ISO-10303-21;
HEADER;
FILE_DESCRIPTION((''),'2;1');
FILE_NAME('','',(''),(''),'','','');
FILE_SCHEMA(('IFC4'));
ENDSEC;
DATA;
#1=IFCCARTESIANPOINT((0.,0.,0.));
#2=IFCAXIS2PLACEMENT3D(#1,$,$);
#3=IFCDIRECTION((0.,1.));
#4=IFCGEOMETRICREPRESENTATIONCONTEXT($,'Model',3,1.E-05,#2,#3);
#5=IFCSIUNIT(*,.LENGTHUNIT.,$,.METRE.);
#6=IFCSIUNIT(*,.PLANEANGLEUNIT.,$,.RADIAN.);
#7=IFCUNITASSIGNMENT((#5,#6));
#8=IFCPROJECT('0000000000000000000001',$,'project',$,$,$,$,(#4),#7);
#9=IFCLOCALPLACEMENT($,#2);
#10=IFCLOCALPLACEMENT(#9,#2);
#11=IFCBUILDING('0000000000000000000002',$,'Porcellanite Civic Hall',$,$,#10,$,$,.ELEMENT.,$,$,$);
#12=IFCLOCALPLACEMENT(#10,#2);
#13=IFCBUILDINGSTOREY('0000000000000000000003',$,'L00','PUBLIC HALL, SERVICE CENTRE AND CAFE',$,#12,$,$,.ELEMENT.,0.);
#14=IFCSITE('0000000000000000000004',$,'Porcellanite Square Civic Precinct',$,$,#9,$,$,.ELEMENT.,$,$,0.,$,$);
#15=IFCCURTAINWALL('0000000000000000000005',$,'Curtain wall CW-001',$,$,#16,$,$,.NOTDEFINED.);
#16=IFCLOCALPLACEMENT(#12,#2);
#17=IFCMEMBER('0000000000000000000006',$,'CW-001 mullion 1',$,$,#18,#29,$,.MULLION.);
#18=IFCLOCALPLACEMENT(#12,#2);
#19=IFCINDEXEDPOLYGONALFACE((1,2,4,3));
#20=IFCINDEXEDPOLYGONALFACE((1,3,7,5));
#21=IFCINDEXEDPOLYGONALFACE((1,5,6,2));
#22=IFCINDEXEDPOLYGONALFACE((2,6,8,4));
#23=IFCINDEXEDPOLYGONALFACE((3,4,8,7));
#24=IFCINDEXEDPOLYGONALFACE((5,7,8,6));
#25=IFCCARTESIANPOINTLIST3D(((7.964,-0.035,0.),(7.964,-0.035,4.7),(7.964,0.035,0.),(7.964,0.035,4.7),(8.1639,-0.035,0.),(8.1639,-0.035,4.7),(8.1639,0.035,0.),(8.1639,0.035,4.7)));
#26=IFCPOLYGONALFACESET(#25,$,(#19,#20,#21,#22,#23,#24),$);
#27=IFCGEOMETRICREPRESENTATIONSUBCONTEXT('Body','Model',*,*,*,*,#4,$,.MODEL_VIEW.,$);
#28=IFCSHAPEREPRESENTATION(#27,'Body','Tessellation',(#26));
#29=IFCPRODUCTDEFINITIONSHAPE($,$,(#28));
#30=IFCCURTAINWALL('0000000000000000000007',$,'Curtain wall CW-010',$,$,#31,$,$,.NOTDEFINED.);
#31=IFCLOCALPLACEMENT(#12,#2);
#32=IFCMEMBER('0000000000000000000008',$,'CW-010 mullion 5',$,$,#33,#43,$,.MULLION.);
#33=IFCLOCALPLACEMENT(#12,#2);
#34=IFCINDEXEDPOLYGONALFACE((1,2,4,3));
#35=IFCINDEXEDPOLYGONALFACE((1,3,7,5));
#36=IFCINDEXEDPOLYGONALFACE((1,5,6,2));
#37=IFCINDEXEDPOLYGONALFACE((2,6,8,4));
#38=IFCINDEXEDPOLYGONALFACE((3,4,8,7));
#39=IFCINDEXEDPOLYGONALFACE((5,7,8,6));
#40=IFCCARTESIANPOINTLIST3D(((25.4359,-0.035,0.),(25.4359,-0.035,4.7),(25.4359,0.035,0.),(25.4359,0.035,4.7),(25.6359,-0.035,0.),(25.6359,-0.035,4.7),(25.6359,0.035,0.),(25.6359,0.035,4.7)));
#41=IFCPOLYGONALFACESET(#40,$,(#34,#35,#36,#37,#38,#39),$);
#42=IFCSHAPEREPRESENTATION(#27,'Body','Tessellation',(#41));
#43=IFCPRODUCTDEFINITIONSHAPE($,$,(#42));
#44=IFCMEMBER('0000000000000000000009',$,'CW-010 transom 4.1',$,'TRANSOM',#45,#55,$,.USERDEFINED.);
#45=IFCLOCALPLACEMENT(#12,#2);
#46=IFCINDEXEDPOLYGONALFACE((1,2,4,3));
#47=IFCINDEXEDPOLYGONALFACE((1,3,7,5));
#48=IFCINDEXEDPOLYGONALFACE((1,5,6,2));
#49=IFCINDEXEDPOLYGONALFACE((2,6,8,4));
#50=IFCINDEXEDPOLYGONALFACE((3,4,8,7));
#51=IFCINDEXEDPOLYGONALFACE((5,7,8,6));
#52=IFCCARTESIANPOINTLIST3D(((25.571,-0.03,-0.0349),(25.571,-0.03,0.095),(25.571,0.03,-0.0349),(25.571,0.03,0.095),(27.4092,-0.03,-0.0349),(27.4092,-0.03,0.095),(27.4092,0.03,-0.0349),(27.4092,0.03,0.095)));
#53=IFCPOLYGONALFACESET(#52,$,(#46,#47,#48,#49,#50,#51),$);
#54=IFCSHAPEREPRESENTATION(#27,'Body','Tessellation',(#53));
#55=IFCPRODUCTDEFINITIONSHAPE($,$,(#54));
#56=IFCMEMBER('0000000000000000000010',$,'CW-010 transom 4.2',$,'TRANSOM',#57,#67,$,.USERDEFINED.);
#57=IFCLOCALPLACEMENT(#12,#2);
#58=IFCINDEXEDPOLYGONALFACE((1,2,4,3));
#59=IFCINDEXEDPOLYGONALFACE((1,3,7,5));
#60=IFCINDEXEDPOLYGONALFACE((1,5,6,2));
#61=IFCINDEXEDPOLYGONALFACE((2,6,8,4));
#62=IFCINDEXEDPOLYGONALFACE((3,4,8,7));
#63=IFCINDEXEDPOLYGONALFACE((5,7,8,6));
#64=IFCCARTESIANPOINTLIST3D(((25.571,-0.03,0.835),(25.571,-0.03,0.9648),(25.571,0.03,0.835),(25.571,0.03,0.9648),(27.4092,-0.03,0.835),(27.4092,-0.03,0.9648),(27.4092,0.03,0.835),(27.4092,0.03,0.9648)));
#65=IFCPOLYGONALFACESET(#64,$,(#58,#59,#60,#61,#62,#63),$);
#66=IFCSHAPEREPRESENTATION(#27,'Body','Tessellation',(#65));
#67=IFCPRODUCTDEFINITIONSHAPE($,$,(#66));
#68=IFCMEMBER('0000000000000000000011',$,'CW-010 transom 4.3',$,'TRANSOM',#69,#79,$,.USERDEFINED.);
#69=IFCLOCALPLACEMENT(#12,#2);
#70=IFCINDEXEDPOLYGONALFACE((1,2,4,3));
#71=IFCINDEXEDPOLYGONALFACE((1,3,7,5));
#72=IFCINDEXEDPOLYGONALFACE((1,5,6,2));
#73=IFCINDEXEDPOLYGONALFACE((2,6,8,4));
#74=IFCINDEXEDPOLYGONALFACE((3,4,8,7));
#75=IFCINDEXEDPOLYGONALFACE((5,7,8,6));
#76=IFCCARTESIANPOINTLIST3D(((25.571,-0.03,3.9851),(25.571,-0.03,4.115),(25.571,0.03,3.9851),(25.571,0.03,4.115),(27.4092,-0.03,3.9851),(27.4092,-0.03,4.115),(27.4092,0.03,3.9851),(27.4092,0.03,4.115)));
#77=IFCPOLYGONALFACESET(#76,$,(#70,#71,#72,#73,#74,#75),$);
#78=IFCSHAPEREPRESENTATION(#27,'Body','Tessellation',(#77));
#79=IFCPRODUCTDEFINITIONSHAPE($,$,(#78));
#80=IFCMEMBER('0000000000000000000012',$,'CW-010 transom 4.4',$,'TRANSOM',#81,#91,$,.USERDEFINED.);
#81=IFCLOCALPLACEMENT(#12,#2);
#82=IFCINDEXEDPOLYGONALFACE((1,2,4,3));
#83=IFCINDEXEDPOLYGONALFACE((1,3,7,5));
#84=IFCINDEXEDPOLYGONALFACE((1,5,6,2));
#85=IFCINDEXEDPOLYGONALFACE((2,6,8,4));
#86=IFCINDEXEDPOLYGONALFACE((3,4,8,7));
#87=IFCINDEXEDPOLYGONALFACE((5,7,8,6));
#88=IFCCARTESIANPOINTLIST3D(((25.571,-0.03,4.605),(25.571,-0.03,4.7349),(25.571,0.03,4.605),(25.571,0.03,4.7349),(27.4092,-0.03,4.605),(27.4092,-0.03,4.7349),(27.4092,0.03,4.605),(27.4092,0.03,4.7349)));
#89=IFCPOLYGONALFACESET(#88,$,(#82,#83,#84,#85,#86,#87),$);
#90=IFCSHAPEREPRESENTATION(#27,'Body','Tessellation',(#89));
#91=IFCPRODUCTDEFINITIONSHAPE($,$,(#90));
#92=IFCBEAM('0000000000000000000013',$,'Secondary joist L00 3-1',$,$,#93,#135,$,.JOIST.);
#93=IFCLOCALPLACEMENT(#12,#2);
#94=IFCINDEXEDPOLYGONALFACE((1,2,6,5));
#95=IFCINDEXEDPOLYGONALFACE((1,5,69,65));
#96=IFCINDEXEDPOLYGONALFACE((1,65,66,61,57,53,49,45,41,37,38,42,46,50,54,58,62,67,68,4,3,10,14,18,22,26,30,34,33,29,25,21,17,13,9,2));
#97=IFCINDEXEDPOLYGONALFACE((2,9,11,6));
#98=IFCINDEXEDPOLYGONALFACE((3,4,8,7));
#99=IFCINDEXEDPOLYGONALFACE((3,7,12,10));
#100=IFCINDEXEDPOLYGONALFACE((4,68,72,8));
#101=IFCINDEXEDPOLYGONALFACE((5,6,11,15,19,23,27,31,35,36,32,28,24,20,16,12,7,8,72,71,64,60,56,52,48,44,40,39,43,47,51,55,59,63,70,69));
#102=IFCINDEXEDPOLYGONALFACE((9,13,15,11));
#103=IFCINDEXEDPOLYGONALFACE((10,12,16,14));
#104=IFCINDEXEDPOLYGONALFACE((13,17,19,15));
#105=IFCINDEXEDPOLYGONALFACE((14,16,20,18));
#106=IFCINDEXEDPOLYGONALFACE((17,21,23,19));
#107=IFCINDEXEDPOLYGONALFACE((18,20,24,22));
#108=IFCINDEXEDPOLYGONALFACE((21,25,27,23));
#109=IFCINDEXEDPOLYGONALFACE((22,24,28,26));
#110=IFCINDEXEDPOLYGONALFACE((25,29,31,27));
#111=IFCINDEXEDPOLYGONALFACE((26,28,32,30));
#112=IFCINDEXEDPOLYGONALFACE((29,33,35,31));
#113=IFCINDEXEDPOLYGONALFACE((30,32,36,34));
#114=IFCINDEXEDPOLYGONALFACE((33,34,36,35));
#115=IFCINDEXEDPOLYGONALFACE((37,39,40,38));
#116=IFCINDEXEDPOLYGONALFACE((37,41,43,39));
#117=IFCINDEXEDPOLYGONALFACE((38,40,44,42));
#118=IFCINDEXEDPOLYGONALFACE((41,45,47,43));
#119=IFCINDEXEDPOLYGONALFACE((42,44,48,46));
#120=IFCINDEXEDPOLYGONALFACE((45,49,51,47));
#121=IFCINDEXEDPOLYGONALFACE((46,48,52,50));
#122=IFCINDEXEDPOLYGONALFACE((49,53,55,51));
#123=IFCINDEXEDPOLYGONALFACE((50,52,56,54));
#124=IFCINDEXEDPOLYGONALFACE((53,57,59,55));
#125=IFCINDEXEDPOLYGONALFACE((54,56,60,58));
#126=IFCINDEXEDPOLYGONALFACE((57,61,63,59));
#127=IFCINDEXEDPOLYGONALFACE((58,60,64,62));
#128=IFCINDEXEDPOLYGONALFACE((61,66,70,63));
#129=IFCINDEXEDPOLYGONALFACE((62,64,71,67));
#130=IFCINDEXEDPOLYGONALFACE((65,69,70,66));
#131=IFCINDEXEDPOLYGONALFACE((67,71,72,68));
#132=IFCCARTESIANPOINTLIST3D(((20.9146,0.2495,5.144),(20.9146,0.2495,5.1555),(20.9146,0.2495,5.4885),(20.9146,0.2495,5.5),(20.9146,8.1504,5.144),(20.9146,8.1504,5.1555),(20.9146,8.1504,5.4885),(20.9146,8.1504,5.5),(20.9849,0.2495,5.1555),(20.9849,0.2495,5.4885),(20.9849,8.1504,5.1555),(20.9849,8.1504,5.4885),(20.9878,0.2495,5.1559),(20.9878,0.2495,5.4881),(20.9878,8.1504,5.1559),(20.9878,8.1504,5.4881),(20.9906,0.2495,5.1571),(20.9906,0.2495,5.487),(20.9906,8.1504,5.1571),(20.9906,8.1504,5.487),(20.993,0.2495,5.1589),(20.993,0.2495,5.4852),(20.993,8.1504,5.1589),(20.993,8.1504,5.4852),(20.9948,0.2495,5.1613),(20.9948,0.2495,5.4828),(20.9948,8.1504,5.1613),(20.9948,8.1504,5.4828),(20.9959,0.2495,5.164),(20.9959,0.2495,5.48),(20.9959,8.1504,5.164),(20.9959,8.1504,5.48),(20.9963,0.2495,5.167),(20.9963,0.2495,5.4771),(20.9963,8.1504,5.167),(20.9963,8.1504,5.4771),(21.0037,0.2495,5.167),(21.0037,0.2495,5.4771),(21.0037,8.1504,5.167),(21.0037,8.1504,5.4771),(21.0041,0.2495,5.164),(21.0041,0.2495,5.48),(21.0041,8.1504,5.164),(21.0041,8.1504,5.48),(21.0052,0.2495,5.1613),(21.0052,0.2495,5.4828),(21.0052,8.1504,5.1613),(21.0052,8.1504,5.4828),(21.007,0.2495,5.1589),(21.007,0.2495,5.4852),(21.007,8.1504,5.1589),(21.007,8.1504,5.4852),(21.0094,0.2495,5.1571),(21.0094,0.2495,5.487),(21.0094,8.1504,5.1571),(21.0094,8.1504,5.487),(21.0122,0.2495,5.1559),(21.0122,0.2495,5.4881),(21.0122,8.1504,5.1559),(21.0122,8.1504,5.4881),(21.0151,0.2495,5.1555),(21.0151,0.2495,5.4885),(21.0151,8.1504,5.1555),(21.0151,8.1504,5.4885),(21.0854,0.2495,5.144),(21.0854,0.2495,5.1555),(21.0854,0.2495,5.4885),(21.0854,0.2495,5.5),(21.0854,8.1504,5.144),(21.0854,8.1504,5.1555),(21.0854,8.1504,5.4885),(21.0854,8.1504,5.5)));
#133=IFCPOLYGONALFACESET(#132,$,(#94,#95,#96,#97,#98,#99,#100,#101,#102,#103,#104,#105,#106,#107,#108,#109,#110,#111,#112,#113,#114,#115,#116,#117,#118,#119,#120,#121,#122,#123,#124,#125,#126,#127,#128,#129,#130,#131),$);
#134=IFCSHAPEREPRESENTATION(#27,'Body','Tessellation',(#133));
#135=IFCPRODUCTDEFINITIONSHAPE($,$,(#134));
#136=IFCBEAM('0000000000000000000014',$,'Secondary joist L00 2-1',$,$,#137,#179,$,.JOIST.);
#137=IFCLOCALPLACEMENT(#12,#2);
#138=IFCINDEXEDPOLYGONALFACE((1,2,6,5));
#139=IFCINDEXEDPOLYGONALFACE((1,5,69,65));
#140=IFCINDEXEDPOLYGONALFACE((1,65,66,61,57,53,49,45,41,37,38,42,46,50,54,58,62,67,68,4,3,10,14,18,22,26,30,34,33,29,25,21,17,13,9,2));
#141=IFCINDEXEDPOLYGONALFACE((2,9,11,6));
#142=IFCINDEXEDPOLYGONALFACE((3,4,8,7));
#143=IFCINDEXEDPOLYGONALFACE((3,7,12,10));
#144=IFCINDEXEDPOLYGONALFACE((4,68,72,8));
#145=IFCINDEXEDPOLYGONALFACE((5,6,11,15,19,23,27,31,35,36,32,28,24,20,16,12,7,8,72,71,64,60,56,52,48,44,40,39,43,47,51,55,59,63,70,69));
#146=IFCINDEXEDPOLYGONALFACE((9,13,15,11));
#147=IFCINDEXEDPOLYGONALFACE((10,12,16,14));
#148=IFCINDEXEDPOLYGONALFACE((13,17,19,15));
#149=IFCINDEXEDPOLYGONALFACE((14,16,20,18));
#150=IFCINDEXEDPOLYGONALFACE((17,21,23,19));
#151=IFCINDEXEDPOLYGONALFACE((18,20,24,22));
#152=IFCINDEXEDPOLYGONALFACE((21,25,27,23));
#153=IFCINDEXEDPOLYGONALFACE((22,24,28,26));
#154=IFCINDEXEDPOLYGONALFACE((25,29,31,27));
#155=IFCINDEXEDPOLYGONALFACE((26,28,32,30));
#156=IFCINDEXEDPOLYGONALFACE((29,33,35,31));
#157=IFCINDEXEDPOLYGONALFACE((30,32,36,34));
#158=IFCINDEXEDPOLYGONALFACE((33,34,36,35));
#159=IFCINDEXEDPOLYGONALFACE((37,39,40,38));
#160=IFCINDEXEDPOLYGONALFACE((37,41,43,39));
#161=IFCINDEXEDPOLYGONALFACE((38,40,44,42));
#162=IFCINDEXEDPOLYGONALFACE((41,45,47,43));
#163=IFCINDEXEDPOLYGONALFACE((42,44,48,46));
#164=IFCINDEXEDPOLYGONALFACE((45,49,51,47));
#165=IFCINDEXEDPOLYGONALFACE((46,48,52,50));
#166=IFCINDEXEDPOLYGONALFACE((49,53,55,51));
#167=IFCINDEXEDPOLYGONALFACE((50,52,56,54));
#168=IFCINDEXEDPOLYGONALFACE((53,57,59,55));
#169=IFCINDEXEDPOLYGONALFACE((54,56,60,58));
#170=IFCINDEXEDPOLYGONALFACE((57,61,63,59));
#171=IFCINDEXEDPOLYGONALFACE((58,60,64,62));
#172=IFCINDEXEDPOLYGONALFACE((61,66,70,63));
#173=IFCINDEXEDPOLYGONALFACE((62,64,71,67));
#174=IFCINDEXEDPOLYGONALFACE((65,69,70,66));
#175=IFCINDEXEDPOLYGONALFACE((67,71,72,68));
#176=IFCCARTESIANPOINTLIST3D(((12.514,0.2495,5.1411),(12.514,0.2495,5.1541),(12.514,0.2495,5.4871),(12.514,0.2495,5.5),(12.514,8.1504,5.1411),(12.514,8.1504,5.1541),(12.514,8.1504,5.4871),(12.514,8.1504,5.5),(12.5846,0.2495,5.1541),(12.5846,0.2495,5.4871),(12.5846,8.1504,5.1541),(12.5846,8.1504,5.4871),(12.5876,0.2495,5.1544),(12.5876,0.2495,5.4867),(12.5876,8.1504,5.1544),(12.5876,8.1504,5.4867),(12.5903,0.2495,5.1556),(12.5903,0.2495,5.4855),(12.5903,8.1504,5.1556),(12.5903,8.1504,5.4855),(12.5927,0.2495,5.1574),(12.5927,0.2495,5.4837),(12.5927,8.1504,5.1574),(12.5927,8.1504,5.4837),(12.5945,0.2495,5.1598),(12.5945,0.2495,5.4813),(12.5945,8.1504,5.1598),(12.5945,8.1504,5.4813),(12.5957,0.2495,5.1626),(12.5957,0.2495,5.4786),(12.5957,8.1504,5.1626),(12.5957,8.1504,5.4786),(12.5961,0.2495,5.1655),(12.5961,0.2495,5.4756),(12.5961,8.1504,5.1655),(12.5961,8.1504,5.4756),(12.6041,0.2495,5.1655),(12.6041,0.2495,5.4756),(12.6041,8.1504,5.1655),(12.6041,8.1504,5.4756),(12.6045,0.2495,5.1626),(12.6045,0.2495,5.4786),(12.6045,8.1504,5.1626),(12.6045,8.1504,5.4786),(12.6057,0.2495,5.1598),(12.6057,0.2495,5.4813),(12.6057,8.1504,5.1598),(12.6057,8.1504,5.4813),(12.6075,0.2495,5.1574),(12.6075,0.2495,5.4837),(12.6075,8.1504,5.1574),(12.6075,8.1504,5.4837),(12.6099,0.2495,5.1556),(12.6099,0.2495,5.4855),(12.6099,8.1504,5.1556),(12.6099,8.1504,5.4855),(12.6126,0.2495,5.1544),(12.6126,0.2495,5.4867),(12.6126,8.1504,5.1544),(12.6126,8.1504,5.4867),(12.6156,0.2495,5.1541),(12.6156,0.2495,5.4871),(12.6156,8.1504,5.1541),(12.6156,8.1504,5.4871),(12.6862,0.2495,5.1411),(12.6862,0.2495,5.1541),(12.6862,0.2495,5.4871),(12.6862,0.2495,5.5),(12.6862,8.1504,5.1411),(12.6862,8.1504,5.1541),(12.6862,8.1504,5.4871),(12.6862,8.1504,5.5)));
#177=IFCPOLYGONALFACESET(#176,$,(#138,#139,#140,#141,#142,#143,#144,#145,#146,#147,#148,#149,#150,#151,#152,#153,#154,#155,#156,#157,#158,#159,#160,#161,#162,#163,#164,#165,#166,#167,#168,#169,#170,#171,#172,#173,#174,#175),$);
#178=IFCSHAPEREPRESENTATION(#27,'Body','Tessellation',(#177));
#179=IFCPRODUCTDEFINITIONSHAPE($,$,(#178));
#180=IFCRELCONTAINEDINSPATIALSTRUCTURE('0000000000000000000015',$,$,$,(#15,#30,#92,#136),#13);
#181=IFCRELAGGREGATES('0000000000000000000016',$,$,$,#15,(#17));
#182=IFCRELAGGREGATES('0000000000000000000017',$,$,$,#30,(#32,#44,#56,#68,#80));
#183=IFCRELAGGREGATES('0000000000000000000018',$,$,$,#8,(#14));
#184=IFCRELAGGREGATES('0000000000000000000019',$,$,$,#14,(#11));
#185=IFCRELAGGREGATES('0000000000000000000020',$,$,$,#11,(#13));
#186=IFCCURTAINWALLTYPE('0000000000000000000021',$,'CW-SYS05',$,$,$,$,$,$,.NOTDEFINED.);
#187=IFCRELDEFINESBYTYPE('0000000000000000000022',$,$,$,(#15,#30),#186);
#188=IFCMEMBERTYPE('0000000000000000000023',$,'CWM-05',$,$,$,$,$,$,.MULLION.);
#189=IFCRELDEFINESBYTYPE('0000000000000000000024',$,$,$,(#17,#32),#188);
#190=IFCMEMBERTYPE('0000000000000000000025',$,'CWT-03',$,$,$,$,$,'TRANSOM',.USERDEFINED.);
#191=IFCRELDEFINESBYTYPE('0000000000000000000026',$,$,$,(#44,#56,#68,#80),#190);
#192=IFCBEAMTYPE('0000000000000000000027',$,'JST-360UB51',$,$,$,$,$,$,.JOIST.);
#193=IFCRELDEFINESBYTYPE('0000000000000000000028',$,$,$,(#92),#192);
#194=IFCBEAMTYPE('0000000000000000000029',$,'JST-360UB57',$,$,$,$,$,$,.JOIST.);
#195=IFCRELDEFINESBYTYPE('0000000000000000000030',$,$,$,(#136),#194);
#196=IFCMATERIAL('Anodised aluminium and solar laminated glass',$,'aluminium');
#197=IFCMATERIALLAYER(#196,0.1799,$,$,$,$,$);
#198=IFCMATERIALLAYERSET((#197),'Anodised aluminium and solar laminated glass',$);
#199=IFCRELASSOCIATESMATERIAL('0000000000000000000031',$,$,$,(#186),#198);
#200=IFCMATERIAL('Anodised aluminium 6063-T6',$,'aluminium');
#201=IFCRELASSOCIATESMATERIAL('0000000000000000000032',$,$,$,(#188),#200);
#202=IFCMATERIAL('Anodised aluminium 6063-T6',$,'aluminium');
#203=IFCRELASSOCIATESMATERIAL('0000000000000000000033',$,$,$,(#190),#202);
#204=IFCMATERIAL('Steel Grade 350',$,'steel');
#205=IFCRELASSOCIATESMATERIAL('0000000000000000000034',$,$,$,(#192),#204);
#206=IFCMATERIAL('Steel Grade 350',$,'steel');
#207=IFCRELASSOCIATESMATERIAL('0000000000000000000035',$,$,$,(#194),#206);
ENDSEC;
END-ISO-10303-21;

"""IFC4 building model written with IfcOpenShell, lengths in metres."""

from ifc_helpers import new_model, si_unit, direction, frame, origin, origin_2d, place, context, subcontext, project, spatial, rectangle, i_section, extrude, material, layer, layer_set, material_profile, profile_set, type_object, element, aggregate, save


model = new_model("IFC4")

# Units and contexts
model_context = context("Model", 3, precision=1e-05, world=origin(), true_north=direction((0.0, 1.0)))
body_context = subcontext(model_context, "Body", "Model", "MODEL_VIEW")
ifc_project = project(units=[si_unit("LENGTHUNIT", "METRE"), si_unit("PLANEANGLEUNIT", "RADIAN")], contexts=[model_context])

# Site, building, storey
site_placement = place(None, origin())
site = spatial("IfcSite", under=ifc_project, at=site_placement, Name="Porcellanite Square Civic Precinct", CompositionType="ELEMENT", RefElevation=0.0)
building_placement = place(site_placement, origin())
building = spatial("IfcBuilding", under=site, at=building_placement, Name="Porcellanite Civic Hall", CompositionType="ELEMENT")
storey_placement = place(building_placement, origin())
storey = spatial("IfcBuildingStorey", under=building, at=storey_placement, Name="L00", Description="PUBLIC HALL, SERVICE CENTRE AND CAFE", CompositionType="ELEMENT", Elevation=0.0)

# Curtain wall, member
ifc_material_1 = material(Name="Anodised aluminium and solar laminated glass", Category="aluminium")
ifc_layer_1 = layer(ifc_material_1, 0.1799)
ifc_layer_set_1 = layer_set([ifc_layer_1], Name="Anodised aluminium and solar laminated glass")
curtain_wall_type = type_object("IfcCurtainWallType", Name="CW-SYS05", PredefinedType="NOTDEFINED", material=ifc_layer_set_1)
curtain_wall_1_placement = place(storey_placement, origin())
curtain_wall_1 = element("IfcCurtainWall", 1, at=curtain_wall_1_placement, inside=storey, type_object=curtain_wall_type, Name="Curtain wall CW-001", PredefinedType="NOTDEFINED")
ifc_material_2 = material(Name="Anodised aluminium 6063-T6", Category="aluminium")
ifc_material_profile_1 = material_profile(ifc_material_2, rectangle(XDim=0.0701, YDim=0.2, at=origin_2d()), Name="AL-70x200")
ifc_profile_set_1 = profile_set([ifc_material_profile_1], Name="Anodised aluminium 6063-T6")
member_type_1 = type_object("IfcMemberType", Name="CWM-05", PredefinedType="MULLION", material=ifc_profile_set_1)
member_1_placement = place(storey_placement, frame((8.064, 0.0, 0.0), z_axis=(0.0, 0.0, 1.0), x_axis=(0.0, -1.0, 0.0)))
member_1 = element("IfcMember", 2, at=member_1_placement, type_object=member_type_1, Name="CW-001 mullion 1", PredefinedType="MULLION", context=body_context, shape_type="SweptSolid", body=[
    extrude(rectangle(XDim=0.0701, YDim=0.2, at=origin_2d()), origin(), (0.0, 0.0, 1.0), 4.7),
])
aggregate(curtain_wall_1, [member_1])

# Curtain wall, members
curtain_wall_2_placement = place(storey_placement, origin())
curtain_wall_2 = element("IfcCurtainWall", 3, at=curtain_wall_2_placement, inside=storey, type_object=curtain_wall_type, Name="Curtain wall CW-010", PredefinedType="NOTDEFINED")
member_2_placement = place(storey_placement, frame((25.5359, 0.0, 0.0), z_axis=(0.0, 0.0, 1.0), x_axis=(0.0, -1.0, 0.0)))
member_2 = element("IfcMember", 4, at=member_2_placement, type_object=member_type_1, Name="CW-010 mullion 5", PredefinedType="MULLION", context=body_context, shape_type="SweptSolid", body=[
    extrude(rectangle(XDim=0.0701, YDim=0.2, at=origin_2d()), origin(), (0.0, 0.0, 1.0), 4.7),
])
ifc_material_3 = material(Name="Anodised aluminium 6063-T6", Category="aluminium")
ifc_material_profile_2 = material_profile(ifc_material_3, rectangle(XDim=0.0601, YDim=0.1299, at=origin_2d()), Name="AL-60x130")
ifc_profile_set_2 = profile_set([ifc_material_profile_2], Name="Anodised aluminium 6063-T6")
member_type_2 = type_object("IfcMemberType", Name="CWT-03", ElementType="TRANSOM", PredefinedType="USERDEFINED", material=ifc_profile_set_2)
member_3_placement = place(storey_placement, frame((27.4092, 0.0, 0.03), z_axis=(-1.0, 0.0, 0.0), x_axis=(0.0, -1.0, 0.0)))
member_3 = element("IfcMember", 5, at=member_3_placement, type_object=member_type_2, Name="CW-010 transom 4.1", ObjectType="TRANSOM", PredefinedType="USERDEFINED", context=body_context, shape_type="SweptSolid", body=[
    extrude(rectangle(XDim=0.0601, YDim=0.1299, at=origin_2d()), origin(), (0.0, 0.0, 1.0), 1.8381),
])
member_4_placement = place(storey_placement, frame((27.4092, 0.0, 0.8999), z_axis=(-1.0, 0.0, 0.0), x_axis=(0.0, -1.0, 0.0)))
member_4 = element("IfcMember", 6, at=member_4_placement, type_object=member_type_2, Name="CW-010 transom 4.2", ObjectType="TRANSOM", PredefinedType="USERDEFINED", context=body_context, shape_type="SweptSolid", body=[
    extrude(rectangle(XDim=0.0601, YDim=0.1299, at=origin_2d()), origin(), (0.0, 0.0, 1.0), 1.8381),
])
member_5_placement = place(storey_placement, frame((27.4092, 0.0, 4.05), z_axis=(-1.0, 0.0, 0.0), x_axis=(0.0, -1.0, 0.0)))
member_5 = element("IfcMember", 7, at=member_5_placement, type_object=member_type_2, Name="CW-010 transom 4.3", ObjectType="TRANSOM", PredefinedType="USERDEFINED", context=body_context, shape_type="SweptSolid", body=[
    extrude(rectangle(XDim=0.0601, YDim=0.1299, at=origin_2d()), origin(), (0.0, 0.0, 1.0), 1.8381),
])
member_6_placement = place(storey_placement, frame((27.4092, 0.0, 4.6699), z_axis=(-1.0, 0.0, 0.0), x_axis=(0.0, -1.0, 0.0)))
member_6 = element("IfcMember", 8, at=member_6_placement, type_object=member_type_2, Name="CW-010 transom 4.4", ObjectType="TRANSOM", PredefinedType="USERDEFINED", context=body_context, shape_type="SweptSolid", body=[
    extrude(rectangle(XDim=0.0601, YDim=0.1299, at=origin_2d()), origin(), (0.0, 0.0, 1.0), 1.8381),
])

# Beams
ifc_material_4 = material(Name="Steel Grade 350", Category="steel")
ifc_material_profile_3 = material_profile(ifc_material_4, i_section(OverallWidth=0.1709, OverallDepth=0.356, WebThickness=0.0073, FlangeThickness=0.0115, FilletRadius=0.0115, at=origin_2d()), Name="360UB50.7")
ifc_profile_set_3 = profile_set([ifc_material_profile_3], Name="Steel Grade 350")
beam_type_1 = type_object("IfcBeamType", Name="JST-360UB51", PredefinedType="JOIST", material=ifc_profile_set_3)
beam_1_placement = place(storey_placement, frame((21.0, 0.2495, 5.322), z_axis=(0.0, 1.0, 0.0), x_axis=(-1.0, 0.0, 0.0)))
element("IfcBeam", 9, at=beam_1_placement, inside=storey, type_object=beam_type_1, Name="Secondary joist L00 3-1", PredefinedType="JOIST", context=body_context, shape_type="SweptSolid", body=[
    extrude(i_section(OverallWidth=0.1709, OverallDepth=0.356, WebThickness=0.0073, FlangeThickness=0.0115, FilletRadius=0.0115, at=origin_2d()), origin(), (0.0, 0.0, 1.0), 7.9009),
])
ifc_material_5 = material(Name="Steel Grade 350", Category="steel")
ifc_material_profile_4 = material_profile(ifc_material_5, i_section(OverallWidth=0.1721, OverallDepth=0.3589, WebThickness=0.0081, FlangeThickness=0.0129, FilletRadius=0.0115, at=origin_2d()), Name="360UB56.7")
ifc_profile_set_4 = profile_set([ifc_material_profile_4], Name="Steel Grade 350")
beam_type_2 = type_object("IfcBeamType", Name="JST-360UB57", PredefinedType="JOIST", material=ifc_profile_set_4)
beam_2_placement = place(storey_placement, frame((12.6001, 0.2495, 5.3206), z_axis=(0.0, 1.0, 0.0), x_axis=(-1.0, 0.0, 0.0)))
element("IfcBeam", 10, at=beam_2_placement, inside=storey, type_object=beam_type_2, Name="Secondary joist L00 2-1", PredefinedType="JOIST", context=body_context, shape_type="SweptSolid", body=[
    extrude(i_section(OverallWidth=0.1721, OverallDepth=0.3589, WebThickness=0.0081, FlangeThickness=0.0129, FilletRadius=0.0115, at=origin_2d()), origin(), (0.0, 0.0, 1.0), 7.9009),
])

aggregate(curtain_wall_2, [member_2, member_3, member_4, member_5, member_6])

save(model, "model.ifc")
